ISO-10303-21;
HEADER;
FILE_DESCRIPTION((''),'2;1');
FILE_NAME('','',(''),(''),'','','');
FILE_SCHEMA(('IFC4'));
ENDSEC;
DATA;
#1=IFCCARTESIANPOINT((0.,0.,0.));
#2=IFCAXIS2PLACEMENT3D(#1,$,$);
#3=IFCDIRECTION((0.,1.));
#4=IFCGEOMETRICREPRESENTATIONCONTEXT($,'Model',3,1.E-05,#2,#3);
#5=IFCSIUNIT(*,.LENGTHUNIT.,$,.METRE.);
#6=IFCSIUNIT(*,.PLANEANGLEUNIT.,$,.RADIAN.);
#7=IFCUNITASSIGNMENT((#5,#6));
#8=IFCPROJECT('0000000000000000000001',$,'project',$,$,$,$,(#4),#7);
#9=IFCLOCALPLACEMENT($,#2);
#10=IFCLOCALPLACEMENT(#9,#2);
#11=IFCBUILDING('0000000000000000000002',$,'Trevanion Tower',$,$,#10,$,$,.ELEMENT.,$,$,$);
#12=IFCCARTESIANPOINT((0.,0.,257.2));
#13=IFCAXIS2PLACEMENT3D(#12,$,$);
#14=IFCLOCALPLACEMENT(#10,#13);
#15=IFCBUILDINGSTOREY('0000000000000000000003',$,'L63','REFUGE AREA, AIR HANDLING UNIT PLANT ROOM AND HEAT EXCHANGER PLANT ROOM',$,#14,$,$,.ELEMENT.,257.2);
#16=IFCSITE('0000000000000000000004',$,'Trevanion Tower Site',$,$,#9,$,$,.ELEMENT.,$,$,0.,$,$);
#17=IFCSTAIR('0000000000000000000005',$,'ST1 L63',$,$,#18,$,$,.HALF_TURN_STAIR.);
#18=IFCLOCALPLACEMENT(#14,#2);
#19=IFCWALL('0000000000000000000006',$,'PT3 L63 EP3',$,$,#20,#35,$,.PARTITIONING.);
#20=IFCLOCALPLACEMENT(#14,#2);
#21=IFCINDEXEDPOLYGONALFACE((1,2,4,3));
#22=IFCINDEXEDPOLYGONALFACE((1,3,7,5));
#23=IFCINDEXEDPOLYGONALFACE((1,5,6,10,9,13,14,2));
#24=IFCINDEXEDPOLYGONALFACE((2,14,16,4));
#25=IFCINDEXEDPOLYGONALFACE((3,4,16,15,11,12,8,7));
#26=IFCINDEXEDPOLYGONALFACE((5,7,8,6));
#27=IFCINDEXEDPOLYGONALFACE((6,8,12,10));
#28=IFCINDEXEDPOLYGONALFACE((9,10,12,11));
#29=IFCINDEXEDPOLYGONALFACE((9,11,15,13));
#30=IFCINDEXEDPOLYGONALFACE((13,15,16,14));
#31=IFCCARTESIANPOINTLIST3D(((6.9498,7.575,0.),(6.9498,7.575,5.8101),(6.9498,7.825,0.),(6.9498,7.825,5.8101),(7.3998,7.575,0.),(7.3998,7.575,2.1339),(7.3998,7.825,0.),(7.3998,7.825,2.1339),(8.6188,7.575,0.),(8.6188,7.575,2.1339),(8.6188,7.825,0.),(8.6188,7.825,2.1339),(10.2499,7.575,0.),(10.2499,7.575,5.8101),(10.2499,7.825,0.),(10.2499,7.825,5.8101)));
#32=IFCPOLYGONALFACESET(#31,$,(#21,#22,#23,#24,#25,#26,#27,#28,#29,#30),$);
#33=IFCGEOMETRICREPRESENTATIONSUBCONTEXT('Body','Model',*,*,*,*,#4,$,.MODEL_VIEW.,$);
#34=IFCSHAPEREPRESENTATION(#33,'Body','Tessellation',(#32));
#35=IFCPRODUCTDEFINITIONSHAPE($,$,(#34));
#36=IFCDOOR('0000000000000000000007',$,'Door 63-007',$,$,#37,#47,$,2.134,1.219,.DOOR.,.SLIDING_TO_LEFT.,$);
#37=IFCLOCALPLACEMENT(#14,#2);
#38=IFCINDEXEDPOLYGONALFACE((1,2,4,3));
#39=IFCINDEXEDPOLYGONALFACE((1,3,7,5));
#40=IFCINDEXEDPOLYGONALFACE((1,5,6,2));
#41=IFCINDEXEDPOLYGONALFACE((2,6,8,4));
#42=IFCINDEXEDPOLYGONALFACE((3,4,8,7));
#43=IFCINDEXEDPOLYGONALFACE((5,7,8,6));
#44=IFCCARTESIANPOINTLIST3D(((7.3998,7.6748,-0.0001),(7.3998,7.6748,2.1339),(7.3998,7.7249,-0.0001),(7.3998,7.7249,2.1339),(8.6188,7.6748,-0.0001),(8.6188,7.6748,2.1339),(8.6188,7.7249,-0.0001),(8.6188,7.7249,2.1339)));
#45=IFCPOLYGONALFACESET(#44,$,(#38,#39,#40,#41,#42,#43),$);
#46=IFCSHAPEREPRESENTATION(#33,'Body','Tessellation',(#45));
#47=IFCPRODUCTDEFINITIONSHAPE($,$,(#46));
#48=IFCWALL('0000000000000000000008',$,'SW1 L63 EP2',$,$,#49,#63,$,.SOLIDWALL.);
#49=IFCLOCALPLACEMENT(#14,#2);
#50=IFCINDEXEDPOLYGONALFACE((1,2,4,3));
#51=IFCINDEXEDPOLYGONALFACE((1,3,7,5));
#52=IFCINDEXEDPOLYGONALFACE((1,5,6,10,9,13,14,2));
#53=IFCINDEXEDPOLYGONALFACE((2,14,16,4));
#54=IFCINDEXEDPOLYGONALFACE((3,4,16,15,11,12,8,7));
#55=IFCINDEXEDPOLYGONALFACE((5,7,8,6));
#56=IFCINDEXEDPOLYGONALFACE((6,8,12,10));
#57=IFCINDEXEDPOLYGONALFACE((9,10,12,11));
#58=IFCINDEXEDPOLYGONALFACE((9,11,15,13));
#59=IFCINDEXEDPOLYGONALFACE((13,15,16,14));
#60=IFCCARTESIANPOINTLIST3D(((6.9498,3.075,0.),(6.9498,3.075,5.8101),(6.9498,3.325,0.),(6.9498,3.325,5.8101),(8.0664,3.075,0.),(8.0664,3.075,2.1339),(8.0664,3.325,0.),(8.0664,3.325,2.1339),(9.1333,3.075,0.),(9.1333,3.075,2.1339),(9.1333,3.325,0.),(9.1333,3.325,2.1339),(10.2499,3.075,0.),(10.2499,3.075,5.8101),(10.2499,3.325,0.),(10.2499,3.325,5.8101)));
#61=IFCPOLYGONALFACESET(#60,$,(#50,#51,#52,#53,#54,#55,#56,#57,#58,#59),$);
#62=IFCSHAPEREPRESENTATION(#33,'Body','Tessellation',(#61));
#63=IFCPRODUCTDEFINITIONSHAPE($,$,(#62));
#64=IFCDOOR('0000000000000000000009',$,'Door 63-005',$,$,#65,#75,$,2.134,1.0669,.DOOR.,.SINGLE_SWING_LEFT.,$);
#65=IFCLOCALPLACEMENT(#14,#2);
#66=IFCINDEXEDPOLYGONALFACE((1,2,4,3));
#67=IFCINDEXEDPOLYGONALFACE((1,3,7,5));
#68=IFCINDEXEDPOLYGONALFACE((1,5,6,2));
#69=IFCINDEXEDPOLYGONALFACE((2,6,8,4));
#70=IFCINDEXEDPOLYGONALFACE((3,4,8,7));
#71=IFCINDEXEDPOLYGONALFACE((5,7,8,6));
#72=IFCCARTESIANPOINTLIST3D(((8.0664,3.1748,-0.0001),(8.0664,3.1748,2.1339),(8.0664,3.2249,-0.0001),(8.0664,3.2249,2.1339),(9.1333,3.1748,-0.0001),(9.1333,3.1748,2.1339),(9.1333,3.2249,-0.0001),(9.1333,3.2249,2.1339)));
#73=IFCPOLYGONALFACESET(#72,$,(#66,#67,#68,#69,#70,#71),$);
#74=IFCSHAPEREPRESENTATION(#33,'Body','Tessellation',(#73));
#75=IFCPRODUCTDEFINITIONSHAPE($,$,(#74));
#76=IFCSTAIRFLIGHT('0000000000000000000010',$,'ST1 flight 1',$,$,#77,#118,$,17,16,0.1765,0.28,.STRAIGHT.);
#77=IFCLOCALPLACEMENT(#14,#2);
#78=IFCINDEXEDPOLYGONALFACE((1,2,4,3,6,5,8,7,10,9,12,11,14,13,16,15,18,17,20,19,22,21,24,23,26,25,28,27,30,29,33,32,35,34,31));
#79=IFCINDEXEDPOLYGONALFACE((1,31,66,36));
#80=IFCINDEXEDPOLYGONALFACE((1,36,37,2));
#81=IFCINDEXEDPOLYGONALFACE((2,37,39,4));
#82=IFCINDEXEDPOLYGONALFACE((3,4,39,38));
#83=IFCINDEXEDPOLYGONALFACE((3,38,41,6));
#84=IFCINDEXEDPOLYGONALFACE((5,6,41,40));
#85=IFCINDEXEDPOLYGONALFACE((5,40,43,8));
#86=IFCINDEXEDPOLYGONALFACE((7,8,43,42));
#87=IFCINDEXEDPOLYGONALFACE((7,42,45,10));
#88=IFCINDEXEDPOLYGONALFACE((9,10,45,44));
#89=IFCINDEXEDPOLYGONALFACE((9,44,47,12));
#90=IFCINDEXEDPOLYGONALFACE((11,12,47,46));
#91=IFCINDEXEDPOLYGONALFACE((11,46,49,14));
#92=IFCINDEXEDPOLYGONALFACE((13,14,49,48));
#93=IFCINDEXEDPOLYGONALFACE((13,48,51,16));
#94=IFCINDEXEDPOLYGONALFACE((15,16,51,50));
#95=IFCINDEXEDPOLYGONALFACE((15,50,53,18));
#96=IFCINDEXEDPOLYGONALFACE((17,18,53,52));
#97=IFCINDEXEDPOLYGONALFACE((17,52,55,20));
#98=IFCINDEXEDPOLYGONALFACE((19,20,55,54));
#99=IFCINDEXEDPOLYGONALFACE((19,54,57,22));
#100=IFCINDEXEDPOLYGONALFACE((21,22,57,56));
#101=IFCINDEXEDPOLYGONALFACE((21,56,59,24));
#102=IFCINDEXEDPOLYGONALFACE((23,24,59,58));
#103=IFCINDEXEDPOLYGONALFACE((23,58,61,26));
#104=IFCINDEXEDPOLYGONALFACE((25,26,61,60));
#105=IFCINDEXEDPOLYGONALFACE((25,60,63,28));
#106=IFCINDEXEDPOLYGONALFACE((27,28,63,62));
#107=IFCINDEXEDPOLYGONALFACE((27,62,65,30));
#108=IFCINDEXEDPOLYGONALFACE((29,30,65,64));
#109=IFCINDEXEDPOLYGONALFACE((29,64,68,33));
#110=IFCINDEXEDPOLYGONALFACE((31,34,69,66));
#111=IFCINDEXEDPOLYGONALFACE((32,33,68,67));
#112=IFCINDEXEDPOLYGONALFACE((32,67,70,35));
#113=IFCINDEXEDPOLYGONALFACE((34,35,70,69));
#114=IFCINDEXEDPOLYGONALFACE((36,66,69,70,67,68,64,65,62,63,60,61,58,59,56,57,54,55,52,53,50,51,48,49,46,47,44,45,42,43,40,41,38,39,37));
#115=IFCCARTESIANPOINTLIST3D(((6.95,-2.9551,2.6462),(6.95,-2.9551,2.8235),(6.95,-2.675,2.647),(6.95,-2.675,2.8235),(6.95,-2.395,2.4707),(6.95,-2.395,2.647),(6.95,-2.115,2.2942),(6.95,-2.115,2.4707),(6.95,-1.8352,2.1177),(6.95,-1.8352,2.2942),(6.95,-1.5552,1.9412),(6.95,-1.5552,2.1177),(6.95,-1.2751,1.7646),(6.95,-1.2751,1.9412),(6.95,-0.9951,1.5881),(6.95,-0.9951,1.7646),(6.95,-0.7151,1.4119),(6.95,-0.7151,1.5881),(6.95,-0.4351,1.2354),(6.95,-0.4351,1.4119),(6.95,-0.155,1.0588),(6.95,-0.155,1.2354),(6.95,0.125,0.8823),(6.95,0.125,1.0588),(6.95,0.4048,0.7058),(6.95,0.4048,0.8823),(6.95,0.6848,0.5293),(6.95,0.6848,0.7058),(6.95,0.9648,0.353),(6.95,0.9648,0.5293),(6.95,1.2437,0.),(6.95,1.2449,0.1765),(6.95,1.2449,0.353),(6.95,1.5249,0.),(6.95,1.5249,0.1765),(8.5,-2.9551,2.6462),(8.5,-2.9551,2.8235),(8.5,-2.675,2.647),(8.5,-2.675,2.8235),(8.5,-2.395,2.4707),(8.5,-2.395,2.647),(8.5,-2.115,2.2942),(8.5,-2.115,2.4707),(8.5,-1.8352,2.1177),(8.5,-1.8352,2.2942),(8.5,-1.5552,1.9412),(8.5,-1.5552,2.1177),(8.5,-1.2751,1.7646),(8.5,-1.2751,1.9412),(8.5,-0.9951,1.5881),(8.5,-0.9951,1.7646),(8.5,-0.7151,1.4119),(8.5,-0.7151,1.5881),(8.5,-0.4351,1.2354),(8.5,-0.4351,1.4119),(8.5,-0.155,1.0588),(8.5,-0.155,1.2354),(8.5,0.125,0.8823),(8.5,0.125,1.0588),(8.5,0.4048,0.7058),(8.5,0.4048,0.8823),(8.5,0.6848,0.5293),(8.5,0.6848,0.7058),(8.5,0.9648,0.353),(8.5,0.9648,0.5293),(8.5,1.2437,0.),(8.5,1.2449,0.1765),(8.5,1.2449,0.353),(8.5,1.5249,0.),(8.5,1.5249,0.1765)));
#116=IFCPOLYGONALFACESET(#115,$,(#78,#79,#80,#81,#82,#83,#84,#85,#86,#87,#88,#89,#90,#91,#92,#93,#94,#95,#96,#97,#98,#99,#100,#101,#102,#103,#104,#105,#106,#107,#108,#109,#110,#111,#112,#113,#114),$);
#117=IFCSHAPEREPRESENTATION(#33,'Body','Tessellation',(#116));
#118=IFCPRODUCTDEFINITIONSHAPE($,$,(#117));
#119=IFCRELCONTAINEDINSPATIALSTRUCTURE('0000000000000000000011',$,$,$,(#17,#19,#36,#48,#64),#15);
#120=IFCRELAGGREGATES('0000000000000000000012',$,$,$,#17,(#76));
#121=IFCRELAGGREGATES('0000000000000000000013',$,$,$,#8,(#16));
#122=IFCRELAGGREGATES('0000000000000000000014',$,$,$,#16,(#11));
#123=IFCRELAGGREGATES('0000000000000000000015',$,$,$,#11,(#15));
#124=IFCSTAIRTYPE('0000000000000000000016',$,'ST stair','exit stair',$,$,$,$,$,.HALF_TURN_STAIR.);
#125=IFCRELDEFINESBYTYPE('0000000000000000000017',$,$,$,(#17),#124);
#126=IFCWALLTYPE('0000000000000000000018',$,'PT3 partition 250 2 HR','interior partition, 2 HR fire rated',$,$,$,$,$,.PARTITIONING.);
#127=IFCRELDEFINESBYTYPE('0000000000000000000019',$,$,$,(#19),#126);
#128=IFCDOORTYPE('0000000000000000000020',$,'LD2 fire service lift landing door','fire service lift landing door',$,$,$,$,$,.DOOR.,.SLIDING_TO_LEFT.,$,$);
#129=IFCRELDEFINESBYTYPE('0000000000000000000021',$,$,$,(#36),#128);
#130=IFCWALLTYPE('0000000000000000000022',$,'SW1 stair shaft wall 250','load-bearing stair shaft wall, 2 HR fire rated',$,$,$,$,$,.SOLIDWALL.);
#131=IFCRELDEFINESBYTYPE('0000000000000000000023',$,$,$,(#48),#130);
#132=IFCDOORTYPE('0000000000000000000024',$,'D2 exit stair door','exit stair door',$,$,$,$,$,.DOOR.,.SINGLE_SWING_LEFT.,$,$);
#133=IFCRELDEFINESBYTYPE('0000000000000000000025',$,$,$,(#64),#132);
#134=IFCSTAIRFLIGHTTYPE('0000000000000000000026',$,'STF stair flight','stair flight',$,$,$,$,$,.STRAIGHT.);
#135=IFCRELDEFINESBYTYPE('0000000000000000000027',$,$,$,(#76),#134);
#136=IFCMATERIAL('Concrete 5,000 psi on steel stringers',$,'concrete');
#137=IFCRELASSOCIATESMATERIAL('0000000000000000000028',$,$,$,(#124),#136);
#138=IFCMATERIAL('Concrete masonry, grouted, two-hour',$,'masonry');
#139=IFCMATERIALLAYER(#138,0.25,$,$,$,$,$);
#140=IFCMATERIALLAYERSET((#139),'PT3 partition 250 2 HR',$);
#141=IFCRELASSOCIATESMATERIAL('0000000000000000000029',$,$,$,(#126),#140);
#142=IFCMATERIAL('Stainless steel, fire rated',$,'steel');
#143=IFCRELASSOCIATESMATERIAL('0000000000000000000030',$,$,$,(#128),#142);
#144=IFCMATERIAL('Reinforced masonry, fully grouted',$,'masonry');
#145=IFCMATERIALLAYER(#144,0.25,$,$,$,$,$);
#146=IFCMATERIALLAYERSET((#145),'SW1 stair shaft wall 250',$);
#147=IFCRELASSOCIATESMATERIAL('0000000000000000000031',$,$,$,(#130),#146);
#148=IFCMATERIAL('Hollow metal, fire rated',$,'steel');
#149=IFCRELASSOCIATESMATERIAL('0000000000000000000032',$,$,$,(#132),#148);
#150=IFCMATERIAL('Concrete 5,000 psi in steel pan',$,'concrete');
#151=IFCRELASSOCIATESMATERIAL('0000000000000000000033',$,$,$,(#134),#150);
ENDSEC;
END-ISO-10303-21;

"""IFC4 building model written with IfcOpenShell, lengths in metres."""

from ifc_helpers import new_model, si_unit, direction, frame, frame_2d, origin, place, context, subcontext, project, spatial, polyline, rectangle, outline, extrude, material, layer, layer_set, type_object, element, fill, aggregate, save


model = new_model("IFC4")

# Units and contexts
model_context = context("Model", 3, precision=1e-05, world=origin(), true_north=direction((0.0, 1.0)))
body_context = subcontext(model_context, "Body", "Model", "MODEL_VIEW")
ifc_project = project(units=[si_unit("LENGTHUNIT", "METRE"), si_unit("PLANEANGLEUNIT", "RADIAN")], contexts=[model_context])

# Site, building, storey
site_placement = place(None, origin())
site = spatial("IfcSite", under=ifc_project, at=site_placement, Name="Trevanion Tower Site", CompositionType="ELEMENT", RefElevation=0.0)
building_placement = place(site_placement, origin())
building = spatial("IfcBuilding", under=site, at=building_placement, Name="Trevanion Tower", CompositionType="ELEMENT")
storey_placement = place(building_placement, frame((0.0, 0.0, 257.2)))
storey = spatial("IfcBuildingStorey", under=building, at=storey_placement, Name="L63", Description="REFUGE AREA, AIR HANDLING UNIT PLANT ROOM AND HEAT EXCHANGER PLANT ROOM", CompositionType="ELEMENT", Elevation=257.2)

# Stair
ifc_material_1 = material(Name="Concrete 5,000 psi on steel stringers", Category="concrete")
stair_type = type_object("IfcStairType", Name="ST stair", Description="exit stair", PredefinedType="HALF_TURN_STAIR", material=ifc_material_1)
stair_1_placement = place(storey_placement, origin())
stair_1 = element("IfcStair", 1, at=stair_1_placement, inside=storey, type_object=stair_type, Name="ST1 L63", PredefinedType="HALF_TURN_STAIR")

# Walls, openings, doors
ifc_material_2 = material(Name="Concrete masonry, grouted, two-hour", Category="masonry")
ifc_layer_1 = layer(ifc_material_2, 0.25)
ifc_layer_set_1 = layer_set([ifc_layer_1], Name="PT3 partition 250 2 HR")
wall_type_1 = type_object("IfcWallType", Name="PT3 partition 250 2 HR", Description="interior partition, 2 HR fire rated", PredefinedType="PARTITIONING", material=ifc_layer_set_1)
wall_1_placement = place(storey_placement, frame((6.95, 7.7, 0.0), z_axis=(0.0, 0.0, 1.0), x_axis=(1.0, 0.0, 0.0)))
wall_1 = element("IfcWall", 2, at=wall_1_placement, inside=storey, type_object=wall_type_1, Name="PT3 L63 EP3", PredefinedType="PARTITIONING", context=body_context, shape_type="SweptSolid", body=[
    extrude(rectangle(XDim=3.3, YDim=0.25, at=frame_2d((1.6499, 0.0))), origin(), (0.0, 0.0, 1.0), 5.8101),
])
opening_1_placement = place(wall_1_placement, frame((0.45, 0.0, 0.0)))
opening_1 = element("IfcOpeningElement", 3, at=opening_1_placement, cuts=wall_1, PredefinedType="OPENING", context=body_context, shape_type="SweptSolid", body=[
    extrude(rectangle(XDim=1.219, YDim=2.134, at=frame_2d((0.6094, 1.0669))), frame((0.0, 0.135, 0.0), z_axis=(0.0, -1.0, 0.0), x_axis=(1.0, 0.0, 0.0)), (0.0, 0.0, 1.0), 0.27),
])
ifc_material_3 = material(Name="Stainless steel, fire rated", Category="steel")
door_type_1 = type_object("IfcDoorType", Name="LD2 fire service lift landing door", Description="fire service lift landing door", OperationType="SLIDING_TO_LEFT", PredefinedType="DOOR", material=ifc_material_3)
door_1_placement = place(opening_1_placement, origin())
door_1 = element("IfcDoor", 4, at=door_1_placement, inside=storey, type_object=door_type_1, Name="Door 63-007", OperationType="SLIDING_TO_LEFT", OverallHeight=2.134, OverallWidth=1.219, PredefinedType="DOOR", context=body_context, shape_type="SweptSolid", body=[
    extrude(rectangle(XDim=1.219, YDim=2.134, at=frame_2d((0.6094, 1.0669))), frame((0.0, 0.0249, 0.0), z_axis=(0.0, -1.0, 0.0), x_axis=(1.0, 0.0, 0.0)), (0.0, 0.0, 1.0), 0.05),
])
fill(opening_1, door_1)
ifc_material_4 = material(Name="Reinforced masonry, fully grouted", Category="masonry")
ifc_layer_2 = layer(ifc_material_4, 0.25)
ifc_layer_set_2 = layer_set([ifc_layer_2], Name="SW1 stair shaft wall 250")
wall_type_2 = type_object("IfcWallType", Name="SW1 stair shaft wall 250", Description="load-bearing stair shaft wall, 2 HR fire rated", PredefinedType="SOLIDWALL", material=ifc_layer_set_2)
wall_2_placement = place(storey_placement, frame((6.95, 3.2, 0.0), z_axis=(0.0, 0.0, 1.0), x_axis=(1.0, 0.0, 0.0)))
wall_2 = element("IfcWall", 5, at=wall_2_placement, inside=storey, type_object=wall_type_2, Name="SW1 L63 EP2", PredefinedType="SOLIDWALL", context=body_context, shape_type="SweptSolid", body=[
    extrude(rectangle(XDim=3.3, YDim=0.25, at=frame_2d((1.6499, 0.0))), origin(), (0.0, 0.0, 1.0), 5.8101),
])
opening_2_placement = place(wall_2_placement, frame((1.1165, 0.0, 0.0)))
opening_2 = element("IfcOpeningElement", 6, at=opening_2_placement, cuts=wall_2, PredefinedType="OPENING", context=body_context, shape_type="SweptSolid", body=[
    extrude(rectangle(XDim=1.0669, YDim=2.134, at=frame_2d((0.5334, 1.0669))), frame((0.0, 0.135, 0.0), z_axis=(0.0, -1.0, 0.0), x_axis=(1.0, 0.0, 0.0)), (0.0, 0.0, 1.0), 0.27),
])
ifc_material_5 = material(Name="Hollow metal, fire rated", Category="steel")
door_type_2 = type_object("IfcDoorType", Name="D2 exit stair door", Description="exit stair door", OperationType="SINGLE_SWING_LEFT", PredefinedType="DOOR", material=ifc_material_5)
door_2_placement = place(opening_2_placement, origin())
door_2 = element("IfcDoor", 7, at=door_2_placement, inside=storey, type_object=door_type_2, Name="Door 63-005", OperationType="SINGLE_SWING_LEFT", OverallHeight=2.134, OverallWidth=1.0669, PredefinedType="DOOR", context=body_context, shape_type="SweptSolid", body=[
    extrude(rectangle(XDim=1.0669, YDim=2.134, at=frame_2d((0.5334, 1.0669))), frame((0.0, 0.0249, 0.0), z_axis=(0.0, -1.0, 0.0), x_axis=(1.0, 0.0, 0.0)), (0.0, 0.0, 1.0), 0.05),
])
fill(opening_2, door_2)

# Stair flight
ifc_material_6 = material(Name="Concrete 5,000 psi in steel pan", Category="concrete")
stair_flight_type = type_object("IfcStairFlightType", Name="STF stair flight", Description="stair flight", PredefinedType="STRAIGHT", material=ifc_material_6)
stair_flight_placement = place(storey_placement, frame((7.7251, 1.5249, 0.0), z_axis=(0.0, 0.0, 1.0), x_axis=(0.0, -1.0, 0.0)))
stair_flight = element("IfcStairFlight", 8, at=stair_flight_placement, type_object=stair_flight_type, Name="ST1 flight 1", NumberOfRisers=17, NumberOfTreads=16, PredefinedType="STRAIGHT", RiserHeight=0.1765, TreadLength=0.28, context=body_context, shape_type="SweptSolid", body=[
    extrude(outline(polyline([(0.0, 0.0), (0.0, 0.1765), (0.28, 0.1765), (0.28, 0.353), (0.5601, 0.353), (0.5601, 0.5293), (0.8401, 0.5293), (0.8401, 0.7058), (1.1201, 0.7058), (1.1201, 0.8823), (1.3999, 0.8823), (1.3999, 1.0588), (1.6799, 1.0588), (1.6799, 1.2354), (1.96, 1.2354), (1.96, 1.4119), (2.24, 1.4119), (2.24, 1.5881), (2.52, 1.5881), (2.52, 1.7646), (2.8, 1.7646), (2.8, 1.9412), (3.0801, 1.9412), (3.0801, 2.1177), (3.3601, 2.1177), (3.3601, 2.2942), (3.6399, 2.2942), (3.6399, 2.4707), (3.9199, 2.4707), (3.9199, 2.647), (4.2, 2.647), (4.2, 2.8235), (4.48, 2.8235), (4.48, 3.0), (4.48, 2.6462), (0.2812, 0.0), (0.0, 0.0)])), frame((0.0, 0.7749, 0.0), z_axis=(0.0, -1.0, 0.0), x_axis=(1.0, 0.0, 0.0)), (0.0, 0.0, 1.0), 1.55),
])
aggregate(stair_1, [stair_flight])

save(model, "model.ifc")
